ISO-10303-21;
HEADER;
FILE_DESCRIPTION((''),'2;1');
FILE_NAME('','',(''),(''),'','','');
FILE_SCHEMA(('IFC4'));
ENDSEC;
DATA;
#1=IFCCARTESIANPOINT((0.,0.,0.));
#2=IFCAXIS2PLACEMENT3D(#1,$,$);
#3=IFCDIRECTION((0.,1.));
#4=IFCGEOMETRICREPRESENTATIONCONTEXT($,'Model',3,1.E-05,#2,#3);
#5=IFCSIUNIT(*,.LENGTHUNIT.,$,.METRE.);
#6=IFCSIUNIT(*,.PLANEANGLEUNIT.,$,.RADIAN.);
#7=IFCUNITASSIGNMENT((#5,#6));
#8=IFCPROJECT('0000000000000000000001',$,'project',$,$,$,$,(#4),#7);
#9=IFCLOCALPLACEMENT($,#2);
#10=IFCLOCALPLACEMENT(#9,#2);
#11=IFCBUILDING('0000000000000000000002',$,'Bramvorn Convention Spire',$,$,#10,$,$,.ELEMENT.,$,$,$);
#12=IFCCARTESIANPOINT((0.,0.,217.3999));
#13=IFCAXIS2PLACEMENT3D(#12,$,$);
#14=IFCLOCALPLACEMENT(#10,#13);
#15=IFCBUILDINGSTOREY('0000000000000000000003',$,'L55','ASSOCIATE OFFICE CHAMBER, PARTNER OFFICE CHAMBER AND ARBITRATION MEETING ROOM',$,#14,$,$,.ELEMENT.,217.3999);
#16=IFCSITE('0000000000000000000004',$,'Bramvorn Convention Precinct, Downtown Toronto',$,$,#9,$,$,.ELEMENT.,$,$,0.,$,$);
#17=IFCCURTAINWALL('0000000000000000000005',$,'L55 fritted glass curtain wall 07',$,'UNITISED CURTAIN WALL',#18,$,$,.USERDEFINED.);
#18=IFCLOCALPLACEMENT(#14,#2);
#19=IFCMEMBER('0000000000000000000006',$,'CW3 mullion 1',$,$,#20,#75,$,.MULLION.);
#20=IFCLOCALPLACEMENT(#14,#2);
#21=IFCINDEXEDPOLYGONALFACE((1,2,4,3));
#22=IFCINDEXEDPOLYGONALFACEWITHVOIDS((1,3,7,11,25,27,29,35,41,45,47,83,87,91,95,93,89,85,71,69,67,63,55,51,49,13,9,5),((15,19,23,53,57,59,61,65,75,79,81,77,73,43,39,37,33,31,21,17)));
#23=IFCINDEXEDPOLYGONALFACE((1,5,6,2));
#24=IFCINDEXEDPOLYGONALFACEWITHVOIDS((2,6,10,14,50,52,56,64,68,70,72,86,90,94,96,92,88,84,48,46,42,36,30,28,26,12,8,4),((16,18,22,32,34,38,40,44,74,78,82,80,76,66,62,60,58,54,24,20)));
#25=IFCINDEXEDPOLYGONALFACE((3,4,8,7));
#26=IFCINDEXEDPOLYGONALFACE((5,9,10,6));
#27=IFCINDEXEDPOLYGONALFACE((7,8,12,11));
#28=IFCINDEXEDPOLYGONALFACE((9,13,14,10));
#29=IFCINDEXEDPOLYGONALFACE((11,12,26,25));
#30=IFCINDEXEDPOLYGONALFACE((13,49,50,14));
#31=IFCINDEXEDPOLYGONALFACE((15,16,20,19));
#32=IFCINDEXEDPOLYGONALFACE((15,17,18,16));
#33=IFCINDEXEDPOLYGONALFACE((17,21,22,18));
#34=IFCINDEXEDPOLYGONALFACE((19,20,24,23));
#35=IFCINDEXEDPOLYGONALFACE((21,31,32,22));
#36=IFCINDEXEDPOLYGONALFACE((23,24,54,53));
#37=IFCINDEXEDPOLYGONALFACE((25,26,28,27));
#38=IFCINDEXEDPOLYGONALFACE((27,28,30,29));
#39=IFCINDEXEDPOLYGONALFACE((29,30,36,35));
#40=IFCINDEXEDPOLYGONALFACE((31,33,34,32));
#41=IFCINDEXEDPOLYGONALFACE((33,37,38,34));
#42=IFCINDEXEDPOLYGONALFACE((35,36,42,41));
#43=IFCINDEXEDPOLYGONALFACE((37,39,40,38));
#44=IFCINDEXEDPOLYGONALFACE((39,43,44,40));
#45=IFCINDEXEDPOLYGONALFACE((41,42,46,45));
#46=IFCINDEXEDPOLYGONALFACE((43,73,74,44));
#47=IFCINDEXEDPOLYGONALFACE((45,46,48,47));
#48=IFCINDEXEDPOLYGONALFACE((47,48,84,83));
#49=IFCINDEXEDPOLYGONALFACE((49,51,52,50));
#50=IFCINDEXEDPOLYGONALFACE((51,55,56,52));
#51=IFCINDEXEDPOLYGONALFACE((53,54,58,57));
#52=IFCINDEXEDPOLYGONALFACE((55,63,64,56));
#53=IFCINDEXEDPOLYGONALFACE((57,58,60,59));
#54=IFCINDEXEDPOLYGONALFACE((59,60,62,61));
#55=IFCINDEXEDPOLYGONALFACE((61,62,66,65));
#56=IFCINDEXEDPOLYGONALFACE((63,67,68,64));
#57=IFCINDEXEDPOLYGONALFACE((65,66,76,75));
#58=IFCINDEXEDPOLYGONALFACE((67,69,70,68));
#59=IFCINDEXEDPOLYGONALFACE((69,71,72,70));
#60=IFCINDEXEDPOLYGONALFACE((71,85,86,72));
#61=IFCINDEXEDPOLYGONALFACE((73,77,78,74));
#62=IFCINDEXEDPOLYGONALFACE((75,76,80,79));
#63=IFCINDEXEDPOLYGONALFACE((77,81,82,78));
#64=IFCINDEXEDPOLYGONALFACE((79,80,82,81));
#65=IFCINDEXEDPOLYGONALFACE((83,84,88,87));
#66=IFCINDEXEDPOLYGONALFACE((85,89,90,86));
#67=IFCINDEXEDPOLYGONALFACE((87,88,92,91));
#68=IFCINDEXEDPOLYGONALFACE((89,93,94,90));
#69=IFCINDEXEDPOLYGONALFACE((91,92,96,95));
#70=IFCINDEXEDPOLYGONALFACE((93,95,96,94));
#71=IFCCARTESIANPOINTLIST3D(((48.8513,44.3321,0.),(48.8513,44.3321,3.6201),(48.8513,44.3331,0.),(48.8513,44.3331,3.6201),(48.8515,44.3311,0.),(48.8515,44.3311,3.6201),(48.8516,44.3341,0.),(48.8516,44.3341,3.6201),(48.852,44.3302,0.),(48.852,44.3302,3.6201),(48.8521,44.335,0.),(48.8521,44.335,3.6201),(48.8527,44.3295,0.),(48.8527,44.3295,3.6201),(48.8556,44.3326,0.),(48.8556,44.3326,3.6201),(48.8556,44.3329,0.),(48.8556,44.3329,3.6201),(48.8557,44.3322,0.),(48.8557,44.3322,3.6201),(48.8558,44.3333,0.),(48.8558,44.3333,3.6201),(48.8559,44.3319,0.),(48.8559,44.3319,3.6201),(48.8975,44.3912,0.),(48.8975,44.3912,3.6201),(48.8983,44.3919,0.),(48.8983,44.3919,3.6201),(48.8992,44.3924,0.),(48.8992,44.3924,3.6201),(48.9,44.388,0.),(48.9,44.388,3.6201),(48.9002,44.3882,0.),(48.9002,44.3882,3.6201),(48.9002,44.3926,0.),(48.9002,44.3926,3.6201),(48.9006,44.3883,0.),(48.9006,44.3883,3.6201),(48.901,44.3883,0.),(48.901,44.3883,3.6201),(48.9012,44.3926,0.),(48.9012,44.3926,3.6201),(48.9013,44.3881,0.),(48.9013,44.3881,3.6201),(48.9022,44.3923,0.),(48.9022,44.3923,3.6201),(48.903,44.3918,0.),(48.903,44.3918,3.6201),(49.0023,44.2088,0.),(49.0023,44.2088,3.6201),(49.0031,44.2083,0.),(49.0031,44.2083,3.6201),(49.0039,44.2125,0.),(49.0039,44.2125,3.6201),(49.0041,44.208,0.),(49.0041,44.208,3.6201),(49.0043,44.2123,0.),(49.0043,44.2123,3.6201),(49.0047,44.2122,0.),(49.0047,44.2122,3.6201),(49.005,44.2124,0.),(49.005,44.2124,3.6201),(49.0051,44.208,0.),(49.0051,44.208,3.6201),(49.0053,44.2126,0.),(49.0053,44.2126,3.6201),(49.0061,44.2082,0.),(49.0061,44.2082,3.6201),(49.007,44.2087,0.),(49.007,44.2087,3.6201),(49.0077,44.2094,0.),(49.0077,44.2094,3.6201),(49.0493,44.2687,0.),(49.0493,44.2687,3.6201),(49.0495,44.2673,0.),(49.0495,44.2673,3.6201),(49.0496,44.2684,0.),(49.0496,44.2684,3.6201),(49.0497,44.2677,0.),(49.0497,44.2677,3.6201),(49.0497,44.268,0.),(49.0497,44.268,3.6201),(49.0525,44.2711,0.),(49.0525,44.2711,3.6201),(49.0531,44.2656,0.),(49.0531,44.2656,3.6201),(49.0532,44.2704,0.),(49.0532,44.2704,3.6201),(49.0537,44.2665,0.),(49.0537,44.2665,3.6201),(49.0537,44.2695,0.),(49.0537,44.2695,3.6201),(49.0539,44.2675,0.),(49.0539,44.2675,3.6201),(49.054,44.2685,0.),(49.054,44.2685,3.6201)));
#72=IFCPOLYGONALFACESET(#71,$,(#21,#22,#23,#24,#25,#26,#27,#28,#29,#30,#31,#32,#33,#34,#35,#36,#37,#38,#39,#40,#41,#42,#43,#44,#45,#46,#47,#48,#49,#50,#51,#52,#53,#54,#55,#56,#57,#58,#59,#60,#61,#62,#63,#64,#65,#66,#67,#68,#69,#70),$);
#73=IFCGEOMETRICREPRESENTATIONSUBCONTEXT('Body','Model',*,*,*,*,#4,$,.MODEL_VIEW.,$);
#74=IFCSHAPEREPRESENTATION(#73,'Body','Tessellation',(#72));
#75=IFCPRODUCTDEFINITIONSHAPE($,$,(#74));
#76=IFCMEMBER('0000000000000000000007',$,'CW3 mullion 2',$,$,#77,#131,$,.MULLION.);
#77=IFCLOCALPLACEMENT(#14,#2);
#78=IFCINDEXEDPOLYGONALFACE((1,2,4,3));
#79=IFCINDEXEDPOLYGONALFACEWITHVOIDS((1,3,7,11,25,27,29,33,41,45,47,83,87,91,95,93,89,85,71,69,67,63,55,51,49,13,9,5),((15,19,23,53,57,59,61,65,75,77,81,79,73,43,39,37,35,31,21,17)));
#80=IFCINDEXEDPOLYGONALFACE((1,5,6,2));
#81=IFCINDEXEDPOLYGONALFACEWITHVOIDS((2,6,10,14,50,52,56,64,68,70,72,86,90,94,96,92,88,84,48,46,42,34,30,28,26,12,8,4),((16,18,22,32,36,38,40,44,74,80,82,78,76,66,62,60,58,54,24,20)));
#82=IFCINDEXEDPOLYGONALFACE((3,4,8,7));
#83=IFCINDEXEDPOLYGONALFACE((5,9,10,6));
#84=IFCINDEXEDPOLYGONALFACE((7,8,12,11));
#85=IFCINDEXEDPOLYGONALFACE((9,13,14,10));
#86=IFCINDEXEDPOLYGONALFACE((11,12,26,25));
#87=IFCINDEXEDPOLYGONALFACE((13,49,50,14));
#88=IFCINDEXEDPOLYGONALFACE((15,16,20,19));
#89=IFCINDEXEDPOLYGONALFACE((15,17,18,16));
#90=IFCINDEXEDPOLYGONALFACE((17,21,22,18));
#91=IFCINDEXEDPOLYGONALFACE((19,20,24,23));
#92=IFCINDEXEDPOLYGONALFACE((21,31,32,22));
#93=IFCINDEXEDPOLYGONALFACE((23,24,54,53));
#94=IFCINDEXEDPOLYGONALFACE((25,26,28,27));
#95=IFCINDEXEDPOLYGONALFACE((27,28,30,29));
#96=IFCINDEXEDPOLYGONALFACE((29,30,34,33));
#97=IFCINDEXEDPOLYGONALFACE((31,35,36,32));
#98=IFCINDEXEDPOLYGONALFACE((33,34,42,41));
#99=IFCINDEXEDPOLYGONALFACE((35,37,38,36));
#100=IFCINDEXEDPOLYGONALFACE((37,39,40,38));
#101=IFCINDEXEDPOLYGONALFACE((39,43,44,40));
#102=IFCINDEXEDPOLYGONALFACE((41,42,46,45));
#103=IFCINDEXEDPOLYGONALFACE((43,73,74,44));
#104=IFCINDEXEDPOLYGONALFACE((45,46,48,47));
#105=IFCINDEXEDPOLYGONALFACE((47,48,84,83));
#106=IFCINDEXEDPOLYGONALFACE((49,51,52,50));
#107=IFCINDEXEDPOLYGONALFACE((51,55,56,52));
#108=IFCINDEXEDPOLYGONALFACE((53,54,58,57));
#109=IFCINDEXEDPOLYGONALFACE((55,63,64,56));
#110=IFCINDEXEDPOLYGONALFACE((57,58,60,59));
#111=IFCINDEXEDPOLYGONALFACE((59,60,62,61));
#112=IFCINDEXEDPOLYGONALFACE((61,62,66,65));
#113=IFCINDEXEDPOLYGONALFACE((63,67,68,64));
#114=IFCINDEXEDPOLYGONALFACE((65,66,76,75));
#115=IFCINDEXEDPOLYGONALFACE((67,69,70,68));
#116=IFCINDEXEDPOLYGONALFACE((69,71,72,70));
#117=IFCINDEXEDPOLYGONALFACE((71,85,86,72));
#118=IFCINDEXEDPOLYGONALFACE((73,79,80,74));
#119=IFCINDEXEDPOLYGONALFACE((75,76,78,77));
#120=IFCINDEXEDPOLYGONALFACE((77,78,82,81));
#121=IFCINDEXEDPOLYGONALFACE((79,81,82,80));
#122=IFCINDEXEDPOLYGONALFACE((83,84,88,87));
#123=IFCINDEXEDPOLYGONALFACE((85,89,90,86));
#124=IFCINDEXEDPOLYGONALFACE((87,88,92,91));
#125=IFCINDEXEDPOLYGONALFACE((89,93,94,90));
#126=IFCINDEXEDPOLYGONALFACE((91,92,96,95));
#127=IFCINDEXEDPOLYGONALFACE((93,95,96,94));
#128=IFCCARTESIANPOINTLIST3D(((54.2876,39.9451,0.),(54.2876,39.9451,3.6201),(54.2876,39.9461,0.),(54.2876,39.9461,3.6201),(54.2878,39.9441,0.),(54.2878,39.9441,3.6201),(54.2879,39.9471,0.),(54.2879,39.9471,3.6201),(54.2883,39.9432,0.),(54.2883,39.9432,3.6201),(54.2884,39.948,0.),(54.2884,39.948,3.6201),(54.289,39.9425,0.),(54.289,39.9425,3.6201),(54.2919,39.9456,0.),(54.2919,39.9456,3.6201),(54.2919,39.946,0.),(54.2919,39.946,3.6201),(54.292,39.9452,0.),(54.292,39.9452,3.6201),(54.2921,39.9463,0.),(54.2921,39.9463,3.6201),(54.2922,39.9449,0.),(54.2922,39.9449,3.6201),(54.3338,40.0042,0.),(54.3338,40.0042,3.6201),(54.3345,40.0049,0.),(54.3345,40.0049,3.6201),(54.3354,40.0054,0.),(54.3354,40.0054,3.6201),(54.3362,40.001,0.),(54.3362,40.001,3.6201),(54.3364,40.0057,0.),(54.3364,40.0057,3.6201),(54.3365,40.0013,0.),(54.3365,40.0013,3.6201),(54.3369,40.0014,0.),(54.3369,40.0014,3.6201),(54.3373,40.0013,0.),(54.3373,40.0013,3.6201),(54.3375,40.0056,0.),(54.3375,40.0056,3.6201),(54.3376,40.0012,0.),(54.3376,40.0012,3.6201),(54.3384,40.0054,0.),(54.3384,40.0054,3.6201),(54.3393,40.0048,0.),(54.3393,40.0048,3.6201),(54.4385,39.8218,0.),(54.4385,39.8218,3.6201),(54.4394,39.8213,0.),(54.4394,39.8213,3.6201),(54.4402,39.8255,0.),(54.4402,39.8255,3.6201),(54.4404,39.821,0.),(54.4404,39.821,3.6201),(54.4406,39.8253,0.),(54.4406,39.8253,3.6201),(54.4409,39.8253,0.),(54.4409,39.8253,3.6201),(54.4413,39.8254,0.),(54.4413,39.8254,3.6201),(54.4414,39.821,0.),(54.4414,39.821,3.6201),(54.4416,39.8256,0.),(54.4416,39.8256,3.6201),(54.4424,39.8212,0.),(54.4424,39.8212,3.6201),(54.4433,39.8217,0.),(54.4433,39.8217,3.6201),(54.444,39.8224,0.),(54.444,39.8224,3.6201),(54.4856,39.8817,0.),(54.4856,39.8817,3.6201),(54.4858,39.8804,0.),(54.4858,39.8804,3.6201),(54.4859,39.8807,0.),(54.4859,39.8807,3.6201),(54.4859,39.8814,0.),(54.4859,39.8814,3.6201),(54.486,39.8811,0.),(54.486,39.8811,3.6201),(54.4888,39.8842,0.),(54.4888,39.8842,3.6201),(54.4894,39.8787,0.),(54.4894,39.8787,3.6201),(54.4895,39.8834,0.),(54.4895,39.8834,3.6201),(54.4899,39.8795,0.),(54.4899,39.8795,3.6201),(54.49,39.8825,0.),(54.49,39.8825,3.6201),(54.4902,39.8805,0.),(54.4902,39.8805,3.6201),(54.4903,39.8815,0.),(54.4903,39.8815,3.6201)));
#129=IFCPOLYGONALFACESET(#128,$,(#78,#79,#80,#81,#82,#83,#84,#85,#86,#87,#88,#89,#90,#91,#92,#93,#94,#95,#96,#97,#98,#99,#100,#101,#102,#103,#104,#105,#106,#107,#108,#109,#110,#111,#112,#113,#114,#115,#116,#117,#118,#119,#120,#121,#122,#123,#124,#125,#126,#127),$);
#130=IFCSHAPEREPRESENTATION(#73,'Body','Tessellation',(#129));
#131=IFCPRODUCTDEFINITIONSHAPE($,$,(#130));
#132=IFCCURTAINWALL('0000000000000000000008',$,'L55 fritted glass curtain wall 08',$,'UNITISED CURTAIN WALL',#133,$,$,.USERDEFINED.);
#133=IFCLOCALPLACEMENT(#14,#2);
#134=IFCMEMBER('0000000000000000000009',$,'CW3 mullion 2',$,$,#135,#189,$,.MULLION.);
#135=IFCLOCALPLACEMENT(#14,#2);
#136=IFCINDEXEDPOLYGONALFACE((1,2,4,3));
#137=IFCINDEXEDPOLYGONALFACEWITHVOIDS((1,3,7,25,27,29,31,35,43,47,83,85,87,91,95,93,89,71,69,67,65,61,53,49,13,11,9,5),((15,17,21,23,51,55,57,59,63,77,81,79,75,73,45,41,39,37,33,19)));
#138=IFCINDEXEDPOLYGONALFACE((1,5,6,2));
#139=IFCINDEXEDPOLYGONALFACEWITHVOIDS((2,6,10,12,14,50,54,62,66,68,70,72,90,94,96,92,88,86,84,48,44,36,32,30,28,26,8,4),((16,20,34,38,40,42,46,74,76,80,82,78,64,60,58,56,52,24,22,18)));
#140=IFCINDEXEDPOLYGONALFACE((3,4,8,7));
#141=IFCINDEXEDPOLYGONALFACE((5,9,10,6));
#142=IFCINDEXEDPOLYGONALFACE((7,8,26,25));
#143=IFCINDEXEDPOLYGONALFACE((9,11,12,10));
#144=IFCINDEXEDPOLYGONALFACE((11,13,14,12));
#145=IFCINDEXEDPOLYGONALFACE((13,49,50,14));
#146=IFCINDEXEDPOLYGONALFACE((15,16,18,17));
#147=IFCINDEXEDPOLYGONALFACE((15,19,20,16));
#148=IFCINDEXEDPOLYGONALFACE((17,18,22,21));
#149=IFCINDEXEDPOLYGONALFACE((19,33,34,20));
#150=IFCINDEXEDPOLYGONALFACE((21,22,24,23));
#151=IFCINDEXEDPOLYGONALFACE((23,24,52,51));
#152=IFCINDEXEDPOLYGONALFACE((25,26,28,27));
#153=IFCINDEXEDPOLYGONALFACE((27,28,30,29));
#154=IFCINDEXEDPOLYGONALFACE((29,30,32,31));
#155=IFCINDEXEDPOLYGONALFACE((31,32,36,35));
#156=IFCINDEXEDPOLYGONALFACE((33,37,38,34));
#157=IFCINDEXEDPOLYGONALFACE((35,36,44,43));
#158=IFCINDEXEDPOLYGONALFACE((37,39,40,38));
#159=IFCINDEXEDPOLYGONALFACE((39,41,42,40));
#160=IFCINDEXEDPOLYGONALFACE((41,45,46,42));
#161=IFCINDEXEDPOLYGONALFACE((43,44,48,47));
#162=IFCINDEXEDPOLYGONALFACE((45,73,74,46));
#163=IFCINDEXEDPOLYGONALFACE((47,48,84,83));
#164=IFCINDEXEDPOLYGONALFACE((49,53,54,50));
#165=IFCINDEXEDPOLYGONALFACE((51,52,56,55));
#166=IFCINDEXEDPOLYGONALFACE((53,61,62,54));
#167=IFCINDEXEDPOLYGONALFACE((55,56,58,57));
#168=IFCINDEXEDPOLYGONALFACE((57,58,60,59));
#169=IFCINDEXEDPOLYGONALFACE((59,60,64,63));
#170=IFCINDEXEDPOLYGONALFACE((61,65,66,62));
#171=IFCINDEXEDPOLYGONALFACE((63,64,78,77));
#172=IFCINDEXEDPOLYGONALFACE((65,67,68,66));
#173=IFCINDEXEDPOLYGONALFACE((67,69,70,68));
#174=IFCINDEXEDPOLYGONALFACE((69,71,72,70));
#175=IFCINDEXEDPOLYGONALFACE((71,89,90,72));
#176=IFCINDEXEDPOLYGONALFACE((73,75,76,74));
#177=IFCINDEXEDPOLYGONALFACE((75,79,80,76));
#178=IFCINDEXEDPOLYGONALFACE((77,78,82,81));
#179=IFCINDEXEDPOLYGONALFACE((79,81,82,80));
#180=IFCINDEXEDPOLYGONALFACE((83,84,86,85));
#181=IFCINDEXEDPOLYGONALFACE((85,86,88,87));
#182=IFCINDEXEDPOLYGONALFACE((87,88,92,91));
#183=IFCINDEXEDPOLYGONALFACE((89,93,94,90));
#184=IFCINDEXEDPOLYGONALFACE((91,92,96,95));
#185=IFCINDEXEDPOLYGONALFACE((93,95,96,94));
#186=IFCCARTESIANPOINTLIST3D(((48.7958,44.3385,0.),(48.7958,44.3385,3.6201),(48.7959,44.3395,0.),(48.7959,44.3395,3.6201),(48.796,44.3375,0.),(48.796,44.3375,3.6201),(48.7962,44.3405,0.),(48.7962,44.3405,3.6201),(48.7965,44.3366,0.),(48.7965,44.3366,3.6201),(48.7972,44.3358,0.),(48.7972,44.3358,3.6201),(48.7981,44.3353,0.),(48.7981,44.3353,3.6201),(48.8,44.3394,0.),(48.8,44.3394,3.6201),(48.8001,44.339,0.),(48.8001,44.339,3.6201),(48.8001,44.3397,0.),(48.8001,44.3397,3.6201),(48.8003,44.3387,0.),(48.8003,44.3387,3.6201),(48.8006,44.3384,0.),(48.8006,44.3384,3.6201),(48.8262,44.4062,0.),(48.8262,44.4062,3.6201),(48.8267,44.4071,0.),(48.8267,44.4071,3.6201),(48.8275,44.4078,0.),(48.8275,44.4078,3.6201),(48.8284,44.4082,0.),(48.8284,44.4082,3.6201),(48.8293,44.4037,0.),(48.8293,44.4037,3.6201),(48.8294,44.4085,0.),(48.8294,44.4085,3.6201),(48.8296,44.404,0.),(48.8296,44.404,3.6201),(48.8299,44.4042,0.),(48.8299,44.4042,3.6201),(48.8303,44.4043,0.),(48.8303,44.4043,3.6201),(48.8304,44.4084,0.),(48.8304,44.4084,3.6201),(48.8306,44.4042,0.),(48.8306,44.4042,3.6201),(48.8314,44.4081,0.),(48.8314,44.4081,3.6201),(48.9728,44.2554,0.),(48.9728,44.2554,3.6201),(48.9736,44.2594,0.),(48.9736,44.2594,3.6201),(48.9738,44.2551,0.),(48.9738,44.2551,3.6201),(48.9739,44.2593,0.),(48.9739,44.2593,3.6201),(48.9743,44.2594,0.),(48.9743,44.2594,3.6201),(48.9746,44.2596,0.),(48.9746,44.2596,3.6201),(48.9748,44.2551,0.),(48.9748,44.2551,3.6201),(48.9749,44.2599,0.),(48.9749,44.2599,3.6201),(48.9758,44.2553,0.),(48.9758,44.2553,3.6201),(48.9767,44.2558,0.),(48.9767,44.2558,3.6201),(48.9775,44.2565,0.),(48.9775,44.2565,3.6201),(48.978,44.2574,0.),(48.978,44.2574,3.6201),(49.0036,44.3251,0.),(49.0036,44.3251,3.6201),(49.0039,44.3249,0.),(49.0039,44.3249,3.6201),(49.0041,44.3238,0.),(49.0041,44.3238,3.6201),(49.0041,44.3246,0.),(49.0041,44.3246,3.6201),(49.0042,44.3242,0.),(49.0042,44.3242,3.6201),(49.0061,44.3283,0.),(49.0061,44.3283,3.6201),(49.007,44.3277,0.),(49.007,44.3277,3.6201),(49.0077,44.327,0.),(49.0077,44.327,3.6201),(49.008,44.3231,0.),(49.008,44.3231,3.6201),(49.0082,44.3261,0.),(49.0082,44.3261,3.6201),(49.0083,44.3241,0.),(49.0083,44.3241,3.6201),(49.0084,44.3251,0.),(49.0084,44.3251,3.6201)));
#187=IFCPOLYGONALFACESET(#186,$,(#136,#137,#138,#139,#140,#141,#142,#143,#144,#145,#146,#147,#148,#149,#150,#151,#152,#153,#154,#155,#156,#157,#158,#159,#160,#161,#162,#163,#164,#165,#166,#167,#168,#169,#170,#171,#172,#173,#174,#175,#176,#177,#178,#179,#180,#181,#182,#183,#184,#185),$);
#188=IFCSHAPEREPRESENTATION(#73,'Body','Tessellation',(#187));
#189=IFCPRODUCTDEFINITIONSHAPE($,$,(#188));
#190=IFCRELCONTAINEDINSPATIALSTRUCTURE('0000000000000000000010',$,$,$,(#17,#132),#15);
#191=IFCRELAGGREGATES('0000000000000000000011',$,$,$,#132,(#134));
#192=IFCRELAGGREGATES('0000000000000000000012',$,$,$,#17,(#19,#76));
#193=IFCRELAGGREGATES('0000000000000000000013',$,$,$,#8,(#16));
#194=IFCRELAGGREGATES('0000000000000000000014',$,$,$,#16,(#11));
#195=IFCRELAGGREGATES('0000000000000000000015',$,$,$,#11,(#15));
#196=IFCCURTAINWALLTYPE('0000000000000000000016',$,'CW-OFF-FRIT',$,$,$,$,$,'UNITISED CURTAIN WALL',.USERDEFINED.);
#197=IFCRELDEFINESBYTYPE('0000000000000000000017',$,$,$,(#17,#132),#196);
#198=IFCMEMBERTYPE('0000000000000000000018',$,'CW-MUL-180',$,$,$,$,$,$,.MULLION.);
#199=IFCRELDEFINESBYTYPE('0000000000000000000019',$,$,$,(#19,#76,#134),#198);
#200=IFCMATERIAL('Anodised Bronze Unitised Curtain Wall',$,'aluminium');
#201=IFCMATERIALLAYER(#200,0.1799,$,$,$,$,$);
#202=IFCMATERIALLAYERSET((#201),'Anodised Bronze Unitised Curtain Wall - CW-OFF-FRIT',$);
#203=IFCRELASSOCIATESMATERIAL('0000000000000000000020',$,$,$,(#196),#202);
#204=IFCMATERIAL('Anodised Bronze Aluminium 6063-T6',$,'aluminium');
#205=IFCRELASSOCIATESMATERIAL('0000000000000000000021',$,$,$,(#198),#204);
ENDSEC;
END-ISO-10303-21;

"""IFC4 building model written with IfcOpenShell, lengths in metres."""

from ifc_helpers import new_model, si_unit, direction, frame, origin, origin_2d, place, context, subcontext, project, spatial, hollow_rectangle, extrude, material, layer, layer_set, material_profile, profile_set, type_object, element, aggregate, save


model = new_model("IFC4")

# Units and contexts
model_context = context("Model", 3, precision=1e-05, world=origin(), true_north=direction((0.0, 1.0)))
body_context = subcontext(model_context, "Body", "Model", "MODEL_VIEW")
ifc_project = project(units=[si_unit("LENGTHUNIT", "METRE"), si_unit("PLANEANGLEUNIT", "RADIAN")], contexts=[model_context])

# Site, building, storey
site_placement = place(None, origin())
site = spatial("IfcSite", under=ifc_project, at=site_placement, Name="Bramvorn Convention Precinct, Downtown Toronto", CompositionType="ELEMENT", RefElevation=0.0)
building_placement = place(site_placement, origin())
building = spatial("IfcBuilding", under=site, at=building_placement, Name="Bramvorn Convention Spire", CompositionType="ELEMENT")
storey_placement = place(building_placement, frame((0.0, 0.0, 217.3999)))
storey = spatial("IfcBuildingStorey", under=building, at=storey_placement, Name="L55", Description="ASSOCIATE OFFICE CHAMBER, PARTNER OFFICE CHAMBER AND ARBITRATION MEETING ROOM", CompositionType="ELEMENT", Elevation=217.3999)

# Curtain wall, members
ifc_material_1 = material(Name="Anodised Bronze Unitised Curtain Wall", Category="aluminium")
ifc_layer_1 = layer(ifc_material_1, 0.1799)
ifc_layer_set_1 = layer_set([ifc_layer_1], Name="Anodised Bronze Unitised Curtain Wall - CW-OFF-FRIT")
curtain_wall_type = type_object("IfcCurtainWallType", Name="CW-OFF-FRIT", ElementType="UNITISED CURTAIN WALL", PredefinedType="USERDEFINED", material=ifc_layer_set_1)
curtain_wall_1_placement = place(storey_placement, origin())
curtain_wall_1 = element("IfcCurtainWall", 1, at=curtain_wall_1_placement, inside=storey, type_object=curtain_wall_type, Name="L55 fritted glass curtain wall 07", ObjectType="UNITISED CURTAIN WALL", PredefinedType="USERDEFINED")
ifc_material_2 = material(Name="Anodised Bronze Aluminium 6063-T6", Category="aluminium")
ifc_material_profile_1 = material_profile(ifc_material_2, hollow_rectangle(XDim=0.0801, YDim=0.2, WallThickness=0.0039, InnerFilletRadius=0.001, OuterFilletRadius=0.0039, at=origin_2d()))
ifc_profile_set_1 = profile_set([ifc_material_profile_1], Name="Anodised Bronze Aluminium 6063-T6 - CWM80X200")
member_type_1 = type_object("IfcMemberType", Name="CW-MUL-180", PredefinedType="MULLION", material=ifc_profile_set_1)
member_1_placement = place(storey_placement, frame((48.9526, 44.3003, 0.0), z_axis=(0.0, 0.0, 1.0), x_axis=(0.628018, 0.778199, 0.0)))
member_1 = element("IfcMember", 2, at=member_1_placement, type_object=member_type_1, Name="CW3 mullion 1", PredefinedType="MULLION", context=body_context, shape_type="SweptSolid", body=[
    extrude(hollow_rectangle(XDim=0.0801, YDim=0.2, WallThickness=0.0039, InnerFilletRadius=0.001, OuterFilletRadius=0.0039, at=origin_2d()), origin(), (0.0, 0.0, 1.0), 3.6201),
])
member_2_placement = place(storey_placement, frame((54.3889, 39.9133, 0.0), z_axis=(0.0, 0.0, 1.0), x_axis=(0.628018, 0.778199, 0.0)))
member_2 = element("IfcMember", 3, at=member_2_placement, type_object=member_type_1, Name="CW3 mullion 2", PredefinedType="MULLION", context=body_context, shape_type="SweptSolid", body=[
    extrude(hollow_rectangle(XDim=0.0801, YDim=0.2, WallThickness=0.0039, InnerFilletRadius=0.001, OuterFilletRadius=0.0039, at=origin_2d()), origin(), (0.0, 0.0, 1.0), 3.6201),
])

# Curtain wall, member
curtain_wall_2_placement = place(storey_placement, origin())
curtain_wall_2 = element("IfcCurtainWall", 4, at=curtain_wall_2_placement, inside=storey, type_object=curtain_wall_type, Name="L55 fritted glass curtain wall 08", ObjectType="UNITISED CURTAIN WALL", PredefinedType="USERDEFINED")
member_3_placement = place(storey_placement, frame((48.9021, 44.3318, 0.0), z_axis=(0.0, 0.0, 1.0), x_axis=(0.415653, 0.909523, 0.0)))
member_3 = element("IfcMember", 5, at=member_3_placement, type_object=member_type_1, Name="CW3 mullion 2", PredefinedType="MULLION", context=body_context, shape_type="SweptSolid", body=[
    extrude(hollow_rectangle(XDim=0.0801, YDim=0.2, WallThickness=0.0039, InnerFilletRadius=0.001, OuterFilletRadius=0.0039, at=origin_2d()), origin(), (0.0, 0.0, 1.0), 3.6201),
])
aggregate(curtain_wall_2, [member_3])

aggregate(curtain_wall_1, [member_1, member_2])

save(model, "model.ifc")
